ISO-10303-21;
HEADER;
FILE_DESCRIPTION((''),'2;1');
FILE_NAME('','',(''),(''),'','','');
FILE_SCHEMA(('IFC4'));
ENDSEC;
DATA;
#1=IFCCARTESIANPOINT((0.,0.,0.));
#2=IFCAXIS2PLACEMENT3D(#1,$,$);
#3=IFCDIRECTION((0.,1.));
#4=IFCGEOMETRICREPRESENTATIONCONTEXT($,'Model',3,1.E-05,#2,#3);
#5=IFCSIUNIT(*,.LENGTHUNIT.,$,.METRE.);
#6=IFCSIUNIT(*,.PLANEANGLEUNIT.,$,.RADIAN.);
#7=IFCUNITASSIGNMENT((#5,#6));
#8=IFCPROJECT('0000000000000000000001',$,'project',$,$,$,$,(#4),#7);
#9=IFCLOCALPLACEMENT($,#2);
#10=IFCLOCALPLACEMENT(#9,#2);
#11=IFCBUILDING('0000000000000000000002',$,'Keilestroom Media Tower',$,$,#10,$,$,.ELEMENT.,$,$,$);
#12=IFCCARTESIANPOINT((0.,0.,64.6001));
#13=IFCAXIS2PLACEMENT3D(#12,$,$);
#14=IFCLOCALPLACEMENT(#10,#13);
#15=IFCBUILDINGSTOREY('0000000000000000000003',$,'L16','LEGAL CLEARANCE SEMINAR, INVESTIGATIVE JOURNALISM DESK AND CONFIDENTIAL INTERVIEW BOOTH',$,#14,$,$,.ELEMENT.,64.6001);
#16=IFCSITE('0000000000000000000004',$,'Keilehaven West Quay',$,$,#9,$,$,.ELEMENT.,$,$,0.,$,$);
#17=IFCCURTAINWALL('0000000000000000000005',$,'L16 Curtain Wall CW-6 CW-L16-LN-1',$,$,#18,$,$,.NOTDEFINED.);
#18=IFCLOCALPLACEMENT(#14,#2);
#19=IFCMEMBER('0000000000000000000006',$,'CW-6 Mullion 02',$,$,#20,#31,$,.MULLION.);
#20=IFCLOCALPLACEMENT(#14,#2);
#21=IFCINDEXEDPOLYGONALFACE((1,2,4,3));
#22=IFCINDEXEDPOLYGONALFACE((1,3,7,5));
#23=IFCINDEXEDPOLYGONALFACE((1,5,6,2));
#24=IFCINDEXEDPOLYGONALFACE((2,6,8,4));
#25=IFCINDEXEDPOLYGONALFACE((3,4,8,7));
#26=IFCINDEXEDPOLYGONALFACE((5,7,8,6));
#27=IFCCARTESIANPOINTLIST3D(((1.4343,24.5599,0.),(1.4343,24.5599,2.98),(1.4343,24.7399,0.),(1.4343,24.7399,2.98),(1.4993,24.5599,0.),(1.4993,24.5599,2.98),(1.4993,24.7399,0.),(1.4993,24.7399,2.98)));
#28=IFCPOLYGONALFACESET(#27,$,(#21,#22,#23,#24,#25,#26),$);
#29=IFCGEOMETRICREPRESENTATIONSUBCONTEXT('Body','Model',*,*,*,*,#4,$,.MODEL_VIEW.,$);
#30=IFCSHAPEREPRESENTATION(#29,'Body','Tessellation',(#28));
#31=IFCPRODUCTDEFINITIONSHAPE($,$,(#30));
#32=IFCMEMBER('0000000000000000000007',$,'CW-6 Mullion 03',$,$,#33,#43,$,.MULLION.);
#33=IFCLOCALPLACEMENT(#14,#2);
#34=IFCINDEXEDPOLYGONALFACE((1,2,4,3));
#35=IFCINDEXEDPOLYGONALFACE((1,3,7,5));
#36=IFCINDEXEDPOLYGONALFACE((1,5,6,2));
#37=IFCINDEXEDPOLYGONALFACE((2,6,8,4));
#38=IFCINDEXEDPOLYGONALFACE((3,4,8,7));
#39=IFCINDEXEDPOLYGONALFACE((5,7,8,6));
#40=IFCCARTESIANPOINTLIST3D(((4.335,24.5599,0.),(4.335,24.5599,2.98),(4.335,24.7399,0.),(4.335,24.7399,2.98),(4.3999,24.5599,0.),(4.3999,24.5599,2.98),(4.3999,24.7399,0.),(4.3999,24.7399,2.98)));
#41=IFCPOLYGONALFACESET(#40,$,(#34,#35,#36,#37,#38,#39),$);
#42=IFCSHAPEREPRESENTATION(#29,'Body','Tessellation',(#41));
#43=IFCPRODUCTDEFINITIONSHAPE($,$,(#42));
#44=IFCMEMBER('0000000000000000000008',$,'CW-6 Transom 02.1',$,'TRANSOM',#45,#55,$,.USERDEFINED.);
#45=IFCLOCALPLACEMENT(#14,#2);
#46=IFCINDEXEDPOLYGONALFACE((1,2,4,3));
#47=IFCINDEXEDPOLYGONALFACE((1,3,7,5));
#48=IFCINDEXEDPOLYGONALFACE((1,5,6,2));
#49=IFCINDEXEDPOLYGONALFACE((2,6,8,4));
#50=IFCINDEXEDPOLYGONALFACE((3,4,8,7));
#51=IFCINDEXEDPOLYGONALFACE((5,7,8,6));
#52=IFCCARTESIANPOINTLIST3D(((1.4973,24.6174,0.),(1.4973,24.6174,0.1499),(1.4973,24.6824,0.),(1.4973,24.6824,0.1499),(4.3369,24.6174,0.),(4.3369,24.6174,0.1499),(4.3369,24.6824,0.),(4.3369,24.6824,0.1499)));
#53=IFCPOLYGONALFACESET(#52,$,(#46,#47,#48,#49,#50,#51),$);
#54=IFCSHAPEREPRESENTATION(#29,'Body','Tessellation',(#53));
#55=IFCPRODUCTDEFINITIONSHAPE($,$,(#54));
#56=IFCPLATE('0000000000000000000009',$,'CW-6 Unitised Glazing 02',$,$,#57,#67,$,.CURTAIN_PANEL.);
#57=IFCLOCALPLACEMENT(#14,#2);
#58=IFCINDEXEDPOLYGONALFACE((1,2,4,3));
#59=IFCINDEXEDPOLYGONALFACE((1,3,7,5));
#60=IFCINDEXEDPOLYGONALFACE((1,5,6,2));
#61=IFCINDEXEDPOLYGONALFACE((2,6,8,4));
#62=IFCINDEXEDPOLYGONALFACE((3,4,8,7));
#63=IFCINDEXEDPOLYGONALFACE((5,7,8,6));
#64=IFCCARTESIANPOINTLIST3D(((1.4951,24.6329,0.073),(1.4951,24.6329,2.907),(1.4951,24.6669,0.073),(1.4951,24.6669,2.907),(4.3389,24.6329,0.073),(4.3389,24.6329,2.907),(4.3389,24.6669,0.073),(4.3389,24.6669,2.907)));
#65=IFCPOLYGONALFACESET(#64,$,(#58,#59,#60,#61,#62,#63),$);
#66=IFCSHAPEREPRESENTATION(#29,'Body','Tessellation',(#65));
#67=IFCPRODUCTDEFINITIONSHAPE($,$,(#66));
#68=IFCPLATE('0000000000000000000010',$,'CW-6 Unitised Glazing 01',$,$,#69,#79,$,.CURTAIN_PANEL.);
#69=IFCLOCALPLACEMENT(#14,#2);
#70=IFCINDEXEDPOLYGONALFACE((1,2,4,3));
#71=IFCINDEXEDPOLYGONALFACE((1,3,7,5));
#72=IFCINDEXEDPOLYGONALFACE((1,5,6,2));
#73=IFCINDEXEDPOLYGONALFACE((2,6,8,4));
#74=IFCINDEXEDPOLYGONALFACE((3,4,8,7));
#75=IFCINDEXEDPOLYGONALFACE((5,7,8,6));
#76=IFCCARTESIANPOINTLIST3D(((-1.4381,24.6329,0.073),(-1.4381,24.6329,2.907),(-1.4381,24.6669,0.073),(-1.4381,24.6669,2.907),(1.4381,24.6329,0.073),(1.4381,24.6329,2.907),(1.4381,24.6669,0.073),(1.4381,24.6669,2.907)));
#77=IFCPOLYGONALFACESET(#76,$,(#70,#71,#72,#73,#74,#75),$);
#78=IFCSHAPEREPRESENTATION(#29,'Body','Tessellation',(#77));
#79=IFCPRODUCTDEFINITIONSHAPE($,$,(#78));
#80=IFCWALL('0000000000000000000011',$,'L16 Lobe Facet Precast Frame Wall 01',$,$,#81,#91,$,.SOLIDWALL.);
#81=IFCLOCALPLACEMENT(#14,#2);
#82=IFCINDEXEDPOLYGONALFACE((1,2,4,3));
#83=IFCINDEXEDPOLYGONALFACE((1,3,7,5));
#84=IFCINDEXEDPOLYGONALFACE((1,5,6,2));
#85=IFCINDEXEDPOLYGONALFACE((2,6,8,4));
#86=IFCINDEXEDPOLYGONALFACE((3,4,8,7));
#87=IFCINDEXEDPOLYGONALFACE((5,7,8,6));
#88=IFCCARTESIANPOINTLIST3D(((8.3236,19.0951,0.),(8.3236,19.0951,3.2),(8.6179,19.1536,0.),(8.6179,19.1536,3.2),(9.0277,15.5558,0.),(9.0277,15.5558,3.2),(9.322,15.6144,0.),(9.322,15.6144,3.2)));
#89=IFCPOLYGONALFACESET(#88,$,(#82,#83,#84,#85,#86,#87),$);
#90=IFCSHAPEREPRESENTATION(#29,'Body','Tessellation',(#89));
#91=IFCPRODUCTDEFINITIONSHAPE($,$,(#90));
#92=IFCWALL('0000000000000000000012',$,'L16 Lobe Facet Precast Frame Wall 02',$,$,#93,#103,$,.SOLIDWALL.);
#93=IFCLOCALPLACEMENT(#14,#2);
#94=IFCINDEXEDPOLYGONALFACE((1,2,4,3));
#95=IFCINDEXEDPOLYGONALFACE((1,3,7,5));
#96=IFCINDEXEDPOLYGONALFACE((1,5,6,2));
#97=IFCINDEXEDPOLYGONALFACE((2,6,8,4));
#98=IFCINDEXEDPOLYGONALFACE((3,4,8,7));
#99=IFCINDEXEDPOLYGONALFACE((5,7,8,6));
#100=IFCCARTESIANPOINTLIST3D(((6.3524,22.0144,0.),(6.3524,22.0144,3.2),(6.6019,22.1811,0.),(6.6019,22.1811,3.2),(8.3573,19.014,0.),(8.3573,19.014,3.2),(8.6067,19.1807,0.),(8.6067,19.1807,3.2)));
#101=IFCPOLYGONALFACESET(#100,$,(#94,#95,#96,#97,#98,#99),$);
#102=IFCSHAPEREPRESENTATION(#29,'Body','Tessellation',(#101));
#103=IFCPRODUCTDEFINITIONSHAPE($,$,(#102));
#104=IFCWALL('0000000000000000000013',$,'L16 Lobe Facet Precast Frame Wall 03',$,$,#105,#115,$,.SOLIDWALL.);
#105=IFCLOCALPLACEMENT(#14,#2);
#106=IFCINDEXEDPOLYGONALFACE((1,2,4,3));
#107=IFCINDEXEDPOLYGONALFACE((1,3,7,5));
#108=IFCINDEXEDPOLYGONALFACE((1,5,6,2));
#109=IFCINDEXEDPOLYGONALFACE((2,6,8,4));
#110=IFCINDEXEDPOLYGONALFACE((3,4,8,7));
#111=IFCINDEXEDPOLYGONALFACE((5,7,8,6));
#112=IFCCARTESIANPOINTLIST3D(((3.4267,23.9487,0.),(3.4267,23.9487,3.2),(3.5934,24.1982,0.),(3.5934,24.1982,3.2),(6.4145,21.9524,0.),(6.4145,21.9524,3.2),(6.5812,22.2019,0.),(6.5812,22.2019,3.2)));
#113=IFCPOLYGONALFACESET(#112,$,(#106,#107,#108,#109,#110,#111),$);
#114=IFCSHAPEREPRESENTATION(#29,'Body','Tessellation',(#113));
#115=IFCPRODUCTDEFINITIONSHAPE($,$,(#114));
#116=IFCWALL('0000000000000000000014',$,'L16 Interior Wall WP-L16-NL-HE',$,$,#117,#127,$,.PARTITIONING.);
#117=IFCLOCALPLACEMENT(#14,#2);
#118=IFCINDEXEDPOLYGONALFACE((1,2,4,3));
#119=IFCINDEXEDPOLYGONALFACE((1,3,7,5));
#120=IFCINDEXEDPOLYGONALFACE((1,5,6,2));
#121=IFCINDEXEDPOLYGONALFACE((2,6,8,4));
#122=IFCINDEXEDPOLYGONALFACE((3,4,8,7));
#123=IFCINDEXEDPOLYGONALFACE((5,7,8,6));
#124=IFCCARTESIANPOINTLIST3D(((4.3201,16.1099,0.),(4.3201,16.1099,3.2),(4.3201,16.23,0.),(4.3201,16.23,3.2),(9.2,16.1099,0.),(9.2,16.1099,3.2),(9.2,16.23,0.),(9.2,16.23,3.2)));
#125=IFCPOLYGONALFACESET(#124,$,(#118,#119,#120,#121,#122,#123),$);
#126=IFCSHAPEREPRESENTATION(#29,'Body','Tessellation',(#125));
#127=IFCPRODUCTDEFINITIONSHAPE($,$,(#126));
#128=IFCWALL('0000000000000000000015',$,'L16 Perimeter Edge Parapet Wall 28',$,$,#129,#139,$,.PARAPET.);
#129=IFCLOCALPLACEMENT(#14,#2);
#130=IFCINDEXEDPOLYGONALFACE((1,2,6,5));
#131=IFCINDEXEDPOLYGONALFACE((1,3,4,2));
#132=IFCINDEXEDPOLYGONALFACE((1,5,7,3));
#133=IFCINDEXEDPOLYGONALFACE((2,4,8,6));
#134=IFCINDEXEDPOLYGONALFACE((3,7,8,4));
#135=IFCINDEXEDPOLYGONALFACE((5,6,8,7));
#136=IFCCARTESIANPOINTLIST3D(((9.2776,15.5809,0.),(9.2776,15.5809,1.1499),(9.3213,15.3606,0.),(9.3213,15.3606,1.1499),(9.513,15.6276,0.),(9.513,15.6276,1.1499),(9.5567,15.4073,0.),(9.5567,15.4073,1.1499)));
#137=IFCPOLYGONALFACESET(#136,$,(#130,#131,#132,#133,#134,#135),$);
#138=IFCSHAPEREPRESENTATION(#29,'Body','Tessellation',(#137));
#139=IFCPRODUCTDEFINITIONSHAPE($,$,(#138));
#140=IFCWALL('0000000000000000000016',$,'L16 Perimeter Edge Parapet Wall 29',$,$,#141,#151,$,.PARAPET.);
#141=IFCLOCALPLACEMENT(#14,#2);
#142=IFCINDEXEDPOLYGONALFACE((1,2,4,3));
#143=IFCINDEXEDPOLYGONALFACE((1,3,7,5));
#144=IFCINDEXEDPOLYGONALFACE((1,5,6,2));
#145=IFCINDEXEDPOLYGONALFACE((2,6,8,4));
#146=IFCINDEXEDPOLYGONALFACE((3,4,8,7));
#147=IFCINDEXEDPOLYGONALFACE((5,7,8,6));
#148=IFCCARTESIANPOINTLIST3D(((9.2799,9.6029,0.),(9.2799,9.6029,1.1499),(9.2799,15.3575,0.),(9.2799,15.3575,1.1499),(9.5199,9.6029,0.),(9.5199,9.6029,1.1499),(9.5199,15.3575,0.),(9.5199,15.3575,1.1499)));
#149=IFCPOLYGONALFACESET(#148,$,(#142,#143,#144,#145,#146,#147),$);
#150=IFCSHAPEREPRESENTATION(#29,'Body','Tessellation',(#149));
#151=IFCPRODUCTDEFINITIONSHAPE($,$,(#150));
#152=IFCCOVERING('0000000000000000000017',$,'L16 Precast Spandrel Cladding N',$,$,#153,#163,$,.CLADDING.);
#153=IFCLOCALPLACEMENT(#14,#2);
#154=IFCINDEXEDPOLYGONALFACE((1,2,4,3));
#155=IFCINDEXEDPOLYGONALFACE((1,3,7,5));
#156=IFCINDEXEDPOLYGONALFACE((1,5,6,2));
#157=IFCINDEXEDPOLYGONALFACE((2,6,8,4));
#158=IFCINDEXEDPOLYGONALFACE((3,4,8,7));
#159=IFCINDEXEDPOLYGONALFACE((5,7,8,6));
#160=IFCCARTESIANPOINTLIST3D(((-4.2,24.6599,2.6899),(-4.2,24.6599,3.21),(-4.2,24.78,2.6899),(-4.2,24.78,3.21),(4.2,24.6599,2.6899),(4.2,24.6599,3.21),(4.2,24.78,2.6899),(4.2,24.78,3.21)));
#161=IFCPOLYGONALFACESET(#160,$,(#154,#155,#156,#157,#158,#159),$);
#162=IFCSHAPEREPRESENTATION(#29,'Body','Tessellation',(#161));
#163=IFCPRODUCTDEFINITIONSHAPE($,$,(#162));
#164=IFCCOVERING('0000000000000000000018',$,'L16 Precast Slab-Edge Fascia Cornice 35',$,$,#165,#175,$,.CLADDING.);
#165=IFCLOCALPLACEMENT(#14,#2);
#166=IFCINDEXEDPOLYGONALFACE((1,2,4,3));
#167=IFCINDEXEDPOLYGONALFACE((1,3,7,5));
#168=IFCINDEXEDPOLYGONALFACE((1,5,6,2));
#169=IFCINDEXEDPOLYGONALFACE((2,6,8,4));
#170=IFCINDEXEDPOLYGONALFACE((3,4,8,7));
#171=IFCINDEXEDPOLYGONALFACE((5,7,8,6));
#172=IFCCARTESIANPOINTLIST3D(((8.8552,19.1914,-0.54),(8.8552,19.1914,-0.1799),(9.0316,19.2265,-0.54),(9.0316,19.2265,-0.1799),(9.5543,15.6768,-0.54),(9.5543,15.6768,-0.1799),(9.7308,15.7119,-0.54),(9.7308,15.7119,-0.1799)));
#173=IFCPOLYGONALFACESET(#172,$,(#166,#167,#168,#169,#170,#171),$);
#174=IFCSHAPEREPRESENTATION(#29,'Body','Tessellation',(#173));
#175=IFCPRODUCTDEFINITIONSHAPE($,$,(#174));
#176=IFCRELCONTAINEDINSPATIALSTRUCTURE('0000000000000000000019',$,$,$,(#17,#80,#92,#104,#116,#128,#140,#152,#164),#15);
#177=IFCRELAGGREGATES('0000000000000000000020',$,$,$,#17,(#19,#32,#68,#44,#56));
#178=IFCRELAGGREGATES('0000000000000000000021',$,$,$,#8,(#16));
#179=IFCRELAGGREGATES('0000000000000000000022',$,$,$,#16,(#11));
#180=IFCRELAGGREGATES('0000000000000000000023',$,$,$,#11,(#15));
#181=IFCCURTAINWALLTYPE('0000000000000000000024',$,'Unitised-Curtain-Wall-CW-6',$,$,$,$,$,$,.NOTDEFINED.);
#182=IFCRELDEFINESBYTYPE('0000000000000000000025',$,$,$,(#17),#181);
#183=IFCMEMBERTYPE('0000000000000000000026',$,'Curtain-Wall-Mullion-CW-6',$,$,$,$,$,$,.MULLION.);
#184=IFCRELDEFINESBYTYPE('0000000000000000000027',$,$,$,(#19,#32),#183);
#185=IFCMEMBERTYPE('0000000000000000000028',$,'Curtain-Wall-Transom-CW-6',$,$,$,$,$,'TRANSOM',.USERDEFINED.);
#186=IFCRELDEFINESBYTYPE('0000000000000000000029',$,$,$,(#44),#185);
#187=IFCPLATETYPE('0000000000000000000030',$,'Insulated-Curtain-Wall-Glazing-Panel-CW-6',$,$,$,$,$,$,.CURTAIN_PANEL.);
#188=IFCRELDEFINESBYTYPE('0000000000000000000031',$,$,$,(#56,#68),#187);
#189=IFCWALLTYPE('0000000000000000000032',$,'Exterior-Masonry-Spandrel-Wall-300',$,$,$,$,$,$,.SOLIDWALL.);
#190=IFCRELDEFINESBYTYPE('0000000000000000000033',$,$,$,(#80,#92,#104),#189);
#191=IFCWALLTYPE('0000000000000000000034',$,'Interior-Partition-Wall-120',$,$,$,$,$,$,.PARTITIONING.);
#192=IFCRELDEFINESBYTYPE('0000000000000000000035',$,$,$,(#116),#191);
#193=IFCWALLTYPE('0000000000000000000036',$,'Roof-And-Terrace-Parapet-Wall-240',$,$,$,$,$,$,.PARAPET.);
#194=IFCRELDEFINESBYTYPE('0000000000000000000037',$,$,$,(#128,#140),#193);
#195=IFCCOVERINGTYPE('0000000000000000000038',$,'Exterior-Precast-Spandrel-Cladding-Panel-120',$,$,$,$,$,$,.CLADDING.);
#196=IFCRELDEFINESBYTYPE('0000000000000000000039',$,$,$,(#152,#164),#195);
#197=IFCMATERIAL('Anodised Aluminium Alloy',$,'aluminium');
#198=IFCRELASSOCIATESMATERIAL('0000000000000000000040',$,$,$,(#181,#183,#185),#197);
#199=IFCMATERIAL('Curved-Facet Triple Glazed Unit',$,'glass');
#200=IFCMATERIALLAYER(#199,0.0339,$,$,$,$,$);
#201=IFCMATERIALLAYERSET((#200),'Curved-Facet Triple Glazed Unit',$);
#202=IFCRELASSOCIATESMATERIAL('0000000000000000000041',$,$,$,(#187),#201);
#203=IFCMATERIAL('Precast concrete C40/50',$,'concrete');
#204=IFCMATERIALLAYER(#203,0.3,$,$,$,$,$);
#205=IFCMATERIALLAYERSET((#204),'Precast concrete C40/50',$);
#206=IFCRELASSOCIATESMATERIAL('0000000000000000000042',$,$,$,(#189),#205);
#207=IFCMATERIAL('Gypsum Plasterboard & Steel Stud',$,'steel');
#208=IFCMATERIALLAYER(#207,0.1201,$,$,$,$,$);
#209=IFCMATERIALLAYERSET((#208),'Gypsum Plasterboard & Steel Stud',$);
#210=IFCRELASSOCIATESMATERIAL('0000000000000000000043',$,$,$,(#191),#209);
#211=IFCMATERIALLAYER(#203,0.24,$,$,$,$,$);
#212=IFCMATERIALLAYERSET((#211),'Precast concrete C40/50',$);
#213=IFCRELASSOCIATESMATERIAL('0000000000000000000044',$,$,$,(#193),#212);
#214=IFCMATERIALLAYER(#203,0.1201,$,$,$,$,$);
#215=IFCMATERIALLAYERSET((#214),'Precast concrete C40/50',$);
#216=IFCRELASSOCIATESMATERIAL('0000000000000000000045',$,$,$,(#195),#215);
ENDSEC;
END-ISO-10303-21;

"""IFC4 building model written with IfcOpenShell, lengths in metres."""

from ifc_helpers import new_model, si_unit, direction, frame, frame_2d, origin, origin_2d, place, context, subcontext, project, spatial, rectangle, extrude, source, transform, mapped, material, layer, layer_set, material_profile, profile_set, type_object, element, aggregate, save


model = new_model("IFC4")

# Units and contexts
model_context = context("Model", 3, precision=1e-05, world=origin(), true_north=direction((0.0, 1.0)))
body_context = subcontext(model_context, "Body", "Model", "MODEL_VIEW")
ifc_project = project(units=[si_unit("LENGTHUNIT", "METRE"), si_unit("PLANEANGLEUNIT", "RADIAN")], contexts=[model_context])

# Site, building, storey
site_placement = place(None, origin())
site = spatial("IfcSite", under=ifc_project, at=site_placement, Name="Keilehaven West Quay", CompositionType="ELEMENT", RefElevation=0.0)
building_placement = place(site_placement, origin())
building = spatial("IfcBuilding", under=site, at=building_placement, Name="Keilestroom Media Tower", CompositionType="ELEMENT")
storey_placement = place(building_placement, frame((0.0, 0.0, 64.6001)))
storey = spatial("IfcBuildingStorey", under=building, at=storey_placement, Name="L16", Description="LEGAL CLEARANCE SEMINAR, INVESTIGATIVE JOURNALISM DESK AND CONFIDENTIAL INTERVIEW BOOTH", CompositionType="ELEMENT", Elevation=64.6001)

# Curtain wall, members, plates
ifc_material_1 = material(Name="Anodised Aluminium Alloy", Category="aluminium")
curtain_wall_type = type_object("IfcCurtainWallType", Name="Unitised-Curtain-Wall-CW-6", PredefinedType="NOTDEFINED", material=ifc_material_1)
curtain_wall_placement = place(storey_placement, origin())
curtain_wall = element("IfcCurtainWall", 1, at=curtain_wall_placement, inside=storey, type_object=curtain_wall_type, Name="L16 Curtain Wall CW-6 CW-L16-LN-1", PredefinedType="NOTDEFINED")
ifc_material_profile_1 = material_profile(ifc_material_1, rectangle(XDim=0.0649, YDim=0.1799, at=origin_2d()), Name="ALU MULLION 65x180")
ifc_profile_set_1 = profile_set([ifc_material_profile_1], Name="Anodised Aluminium Alloy")
member_type_1 = type_object("IfcMemberType", Name="Curtain-Wall-Mullion-CW-6", PredefinedType="MULLION", material=ifc_profile_set_1)
shared_shape_1 = source(origin(), body_context, "Body", "SweptSolid", [
    extrude(rectangle(XDim=0.0649, YDim=0.1799, at=origin_2d()), origin(), (0.0, 0.0, 1.0), 2.98),
])
member_1_placement = place(storey_placement, frame((1.4668, 24.6499, 0.0), z_axis=(0.0, 0.0, 1.0), x_axis=(1.0, 0.0, 0.0)))
member_1 = element("IfcMember", 2, at=member_1_placement, type_object=member_type_1, Name="CW-6 Mullion 02", PredefinedType="MULLION", context=body_context, shape_type="MappedRepresentation", body=[
    mapped(shared_shape_1, transform((0.0, 0.0, 0.0), x_axis=(1.0, 0.0, 0.0), y_axis=(0.0, 1.0, 0.0), z_axis=(0.0, 0.0, 1.0), scale=1.0)),
])
member_2_placement = place(storey_placement, frame((4.3674, 24.6499, 0.0), z_axis=(0.0, 0.0, 1.0), x_axis=(1.0, 0.0, 0.0)))
member_2 = element("IfcMember", 3, at=member_2_placement, type_object=member_type_1, Name="CW-6 Mullion 03", PredefinedType="MULLION", context=body_context, shape_type="MappedRepresentation", body=[
    mapped(shared_shape_1, transform((0.0, 0.0, 0.0), x_axis=(1.0, 0.0, 0.0), y_axis=(0.0, 1.0, 0.0), z_axis=(0.0, 0.0, 1.0), scale=1.0)),
])
ifc_material_profile_2 = material_profile(ifc_material_1, rectangle(XDim=0.0649, YDim=0.1499, at=origin_2d()), Name="ALU TRANSOM 65x150")
ifc_profile_set_2 = profile_set([ifc_material_profile_2], Name="Anodised Aluminium Alloy")
member_type_2 = type_object("IfcMemberType", Name="Curtain-Wall-Transom-CW-6", ElementType="TRANSOM", PredefinedType="USERDEFINED", material=ifc_profile_set_2)
shared_shape_2 = source(origin(), body_context, "Body", "SweptSolid", [
    extrude(rectangle(XDim=0.0649, YDim=0.1499, at=origin_2d()), origin(), (0.0, 0.0, 1.0), 2.8396),
])
member_3_placement = place(storey_placement, frame((1.4973, 24.6499, 0.075), z_axis=(1.0, 0.0, 0.0), x_axis=(0.0, 1.0, 0.0)))
member_3 = element("IfcMember", 4, at=member_3_placement, type_object=member_type_2, Name="CW-6 Transom 02.1", ObjectType="TRANSOM", PredefinedType="USERDEFINED", context=body_context, shape_type="MappedRepresentation", body=[
    mapped(shared_shape_2, transform((0.0, 0.0, 0.0), x_axis=(1.0, 0.0, 0.0), y_axis=(0.0, 1.0, 0.0), z_axis=(0.0, 0.0, 1.0), scale=1.0)),
])
ifc_material_2 = material(Name="Curved-Facet Triple Glazed Unit", Category="glass")
ifc_layer_1 = layer(ifc_material_2, 0.0339)
ifc_layer_set_1 = layer_set([ifc_layer_1], Name="Curved-Facet Triple Glazed Unit")
plate_type = type_object("IfcPlateType", Name="Insulated-Curtain-Wall-Glazing-Panel-CW-6", PredefinedType="CURTAIN_PANEL", material=ifc_layer_set_1)
shared_shape_3 = source(origin(), body_context, "Body", "SweptSolid", [
    extrude(rectangle(XDim=2.8438, YDim=0.0339, at=origin_2d()), origin(), (0.0, 0.0, 1.0), 2.834),
])
plate_1_placement = place(storey_placement, frame((2.917, 24.6499, 0.073), z_axis=(0.0, 0.0, 1.0), x_axis=(1.0, 0.0, 0.0)))
plate_1 = element("IfcPlate", 5, at=plate_1_placement, type_object=plate_type, Name="CW-6 Unitised Glazing 02", PredefinedType="CURTAIN_PANEL", context=body_context, shape_type="MappedRepresentation", body=[
    mapped(shared_shape_3, transform((0.0, 0.0, 0.0), x_axis=(1.0, 0.0, 0.0), y_axis=(0.0, 1.0, 0.0), z_axis=(0.0, 0.0, 1.0), scale=1.0)),
])
shared_shape_4 = source(origin(), body_context, "Body", "SweptSolid", [
    extrude(rectangle(XDim=2.8762, YDim=0.0339, at=origin_2d()), origin(), (0.0, 0.0, 1.0), 2.834),
])
plate_2_placement = place(storey_placement, frame((0.0, 24.6499, 0.073), z_axis=(0.0, 0.0, 1.0), x_axis=(1.0, 0.0, 0.0)))
plate_2 = element("IfcPlate", 6, at=plate_2_placement, type_object=plate_type, Name="CW-6 Unitised Glazing 01", PredefinedType="CURTAIN_PANEL", context=body_context, shape_type="MappedRepresentation", body=[
    mapped(shared_shape_4, transform((0.0, 0.0, 0.0), x_axis=(1.0, 0.0, 0.0), y_axis=(0.0, 1.0, 0.0), z_axis=(0.0, 0.0, 1.0), scale=1.0)),
])
aggregate(curtain_wall, [member_1, member_2, plate_2, member_3, plate_1])

# Walls
ifc_material_3 = material(Name="Precast concrete C40/50", Category="concrete")
ifc_layer_2 = layer(ifc_material_3, 0.3)
ifc_layer_set_2 = layer_set([ifc_layer_2], Name="Precast concrete C40/50")
wall_type_1 = type_object("IfcWallType", Name="Exterior-Masonry-Spandrel-Wall-300", PredefinedType="SOLIDWALL", material=ifc_layer_set_2)
for number, where, z_axis, x_axis, name in (
    (7, (9.1748, 15.5852, 0.0), (0.0, 0.0, 1.0), (-0.195114, 0.980781, 0.0), "L16 Lobe Facet Precast Frame Wall 01"),
    (8, (8.4819, 19.0974, 0.0), (0.0, 0.0, 1.0), (-0.555574, 0.831467, 0.0), "L16 Lobe Facet Precast Frame Wall 02"),
):
    element("IfcWall", number, at=place(storey_placement, frame(where, z_axis=z_axis, x_axis=x_axis)), inside=storey, type_object=wall_type_1, Name=name, PredefinedType="SOLIDWALL", context=body_context, shape_type="SweptSolid", body=[
        extrude(rectangle(XDim=3.6086, YDim=0.3, at=frame_2d((1.8042, 0.0))), origin(), (0.0, 0.0, 1.0), 3.2),
    ])
wall_1_placement = place(storey_placement, frame((6.4978, 22.0771, 0.0), z_axis=(0.0, 0.0, 1.0), x_axis=(-0.831475, 0.555562, 0.0)))
element("IfcWall", 9, at=wall_1_placement, inside=storey, type_object=wall_type_1, Name="L16 Lobe Facet Precast Frame Wall 03", PredefinedType="SOLIDWALL", context=body_context, shape_type="SweptSolid", body=[
    extrude(rectangle(XDim=3.5933, YDim=0.3, at=frame_2d((1.7966, 0.0))), origin(), (0.0, 0.0, 1.0), 3.2),
])
ifc_material_4 = material(Name="Gypsum Plasterboard & Steel Stud", Category="steel")
ifc_layer_3 = layer(ifc_material_4, 0.1201)
ifc_layer_set_3 = layer_set([ifc_layer_3], Name="Gypsum Plasterboard & Steel Stud")
wall_type_2 = type_object("IfcWallType", Name="Interior-Partition-Wall-120", PredefinedType="PARTITIONING", material=ifc_layer_set_3)
wall_2_placement = place(storey_placement, frame((4.3201, 16.1699, 0.0), z_axis=(0.0, 0.0, 1.0), x_axis=(1.0, 0.0, 0.0)))
element("IfcWall", 10, at=wall_2_placement, inside=storey, type_object=wall_type_2, Name="L16 Interior Wall WP-L16-NL-HE", PredefinedType="PARTITIONING", context=body_context, shape_type="SweptSolid", body=[
    extrude(rectangle(XDim=4.8799, YDim=0.1201, at=frame_2d((2.4399, 0.0))), origin(), (0.0, 0.0, 1.0), 3.2),
])
ifc_layer_4 = layer(ifc_material_3, 0.24)
ifc_layer_set_4 = layer_set([ifc_layer_4], Name="Precast concrete C40/50")
wall_type_3 = type_object("IfcWallType", Name="Roof-And-Terrace-Parapet-Wall-240", PredefinedType="PARAPET", material=ifc_layer_set_4)
wall_3_placement = place(storey_placement, frame((9.3953, 15.6042, 0.0), z_axis=(0.0, 0.0, 1.0), x_axis=(0.194652, -0.980872, 0.0)))
element("IfcWall", 11, at=wall_3_placement, inside=storey, type_object=wall_type_3, Name="L16 Perimeter Edge Parapet Wall 28", PredefinedType="PARAPET", context=body_context, shape_type="SweptSolid", body=[
    extrude(rectangle(XDim=0.2246, YDim=0.24, at=frame_2d((0.1123, 0.0))), origin(), (0.0, 0.0, 1.0), 1.1499),
])
wall_4_placement = place(storey_placement, frame((9.3999, 15.3577, 0.0), z_axis=(0.0, 0.0, 1.0), x_axis=(0.0, -1.0, 0.0)))
element("IfcWall", 12, at=wall_4_placement, inside=storey, type_object=wall_type_3, Name="L16 Perimeter Edge Parapet Wall 29", PredefinedType="PARAPET", context=body_context, shape_type="SweptSolid", body=[
    extrude(rectangle(XDim=5.7546, YDim=0.24, at=frame_2d((2.8774, 0.0))), origin(), (0.0, 0.0, 1.0), 1.1499),
])

# Coverings
ifc_layer_5 = layer(ifc_material_3, 0.1201)
ifc_layer_set_5 = layer_set([ifc_layer_5], Name="Precast concrete C40/50")
covering_type = type_object("IfcCoveringType", Name="Exterior-Precast-Spandrel-Cladding-Panel-120", PredefinedType="CLADDING", material=ifc_layer_set_5)
shared_shape_5 = source(origin(), body_context, "Body", "SweptSolid", [
    extrude(rectangle(XDim=8.3999, YDim=0.1201, at=origin_2d()), origin(), (0.0, 0.0, 1.0), 0.52),
])
covering_1_placement = place(storey_placement, frame((0.0, 24.72, 2.6899), z_axis=(0.0, 0.0, 1.0), x_axis=(1.0, 0.0, 0.0)))
element("IfcCovering", 13, at=covering_1_placement, inside=storey, type_object=covering_type, Name="L16 Precast Spandrel Cladding N", PredefinedType="CLADDING", context=body_context, shape_type="MappedRepresentation", body=[
    mapped(shared_shape_5, transform((0.0, 0.0, 0.0), x_axis=(1.0, 0.0, 0.0), y_axis=(0.0, 1.0, 0.0), z_axis=(0.0, 0.0, 1.0), scale=1.0)),
])
shared_shape_6 = source(origin(), body_context, "Body", "SweptSolid", [
    extrude(rectangle(XDim=3.5835, YDim=0.1799, at=origin_2d()), origin(), (0.0, 0.0, 1.0), 0.3601),
])
covering_2_placement = place(storey_placement, frame((9.293, 17.4517, -0.54), z_axis=(0.0, 0.0, 1.0), x_axis=(0.195099, -0.980784, 0.0)))
element("IfcCovering", 14, at=covering_2_placement, inside=storey, type_object=covering_type, Name="L16 Precast Slab-Edge Fascia Cornice 35", PredefinedType="CLADDING", context=body_context, shape_type="MappedRepresentation", body=[
    mapped(shared_shape_6, transform((0.0, 0.0, 0.0), x_axis=(1.0, 0.0, 0.0), y_axis=(0.0, 1.0, 0.0), z_axis=(0.0, 0.0, 1.0), scale=1.0)),
])

save(model, "model.ifc")
